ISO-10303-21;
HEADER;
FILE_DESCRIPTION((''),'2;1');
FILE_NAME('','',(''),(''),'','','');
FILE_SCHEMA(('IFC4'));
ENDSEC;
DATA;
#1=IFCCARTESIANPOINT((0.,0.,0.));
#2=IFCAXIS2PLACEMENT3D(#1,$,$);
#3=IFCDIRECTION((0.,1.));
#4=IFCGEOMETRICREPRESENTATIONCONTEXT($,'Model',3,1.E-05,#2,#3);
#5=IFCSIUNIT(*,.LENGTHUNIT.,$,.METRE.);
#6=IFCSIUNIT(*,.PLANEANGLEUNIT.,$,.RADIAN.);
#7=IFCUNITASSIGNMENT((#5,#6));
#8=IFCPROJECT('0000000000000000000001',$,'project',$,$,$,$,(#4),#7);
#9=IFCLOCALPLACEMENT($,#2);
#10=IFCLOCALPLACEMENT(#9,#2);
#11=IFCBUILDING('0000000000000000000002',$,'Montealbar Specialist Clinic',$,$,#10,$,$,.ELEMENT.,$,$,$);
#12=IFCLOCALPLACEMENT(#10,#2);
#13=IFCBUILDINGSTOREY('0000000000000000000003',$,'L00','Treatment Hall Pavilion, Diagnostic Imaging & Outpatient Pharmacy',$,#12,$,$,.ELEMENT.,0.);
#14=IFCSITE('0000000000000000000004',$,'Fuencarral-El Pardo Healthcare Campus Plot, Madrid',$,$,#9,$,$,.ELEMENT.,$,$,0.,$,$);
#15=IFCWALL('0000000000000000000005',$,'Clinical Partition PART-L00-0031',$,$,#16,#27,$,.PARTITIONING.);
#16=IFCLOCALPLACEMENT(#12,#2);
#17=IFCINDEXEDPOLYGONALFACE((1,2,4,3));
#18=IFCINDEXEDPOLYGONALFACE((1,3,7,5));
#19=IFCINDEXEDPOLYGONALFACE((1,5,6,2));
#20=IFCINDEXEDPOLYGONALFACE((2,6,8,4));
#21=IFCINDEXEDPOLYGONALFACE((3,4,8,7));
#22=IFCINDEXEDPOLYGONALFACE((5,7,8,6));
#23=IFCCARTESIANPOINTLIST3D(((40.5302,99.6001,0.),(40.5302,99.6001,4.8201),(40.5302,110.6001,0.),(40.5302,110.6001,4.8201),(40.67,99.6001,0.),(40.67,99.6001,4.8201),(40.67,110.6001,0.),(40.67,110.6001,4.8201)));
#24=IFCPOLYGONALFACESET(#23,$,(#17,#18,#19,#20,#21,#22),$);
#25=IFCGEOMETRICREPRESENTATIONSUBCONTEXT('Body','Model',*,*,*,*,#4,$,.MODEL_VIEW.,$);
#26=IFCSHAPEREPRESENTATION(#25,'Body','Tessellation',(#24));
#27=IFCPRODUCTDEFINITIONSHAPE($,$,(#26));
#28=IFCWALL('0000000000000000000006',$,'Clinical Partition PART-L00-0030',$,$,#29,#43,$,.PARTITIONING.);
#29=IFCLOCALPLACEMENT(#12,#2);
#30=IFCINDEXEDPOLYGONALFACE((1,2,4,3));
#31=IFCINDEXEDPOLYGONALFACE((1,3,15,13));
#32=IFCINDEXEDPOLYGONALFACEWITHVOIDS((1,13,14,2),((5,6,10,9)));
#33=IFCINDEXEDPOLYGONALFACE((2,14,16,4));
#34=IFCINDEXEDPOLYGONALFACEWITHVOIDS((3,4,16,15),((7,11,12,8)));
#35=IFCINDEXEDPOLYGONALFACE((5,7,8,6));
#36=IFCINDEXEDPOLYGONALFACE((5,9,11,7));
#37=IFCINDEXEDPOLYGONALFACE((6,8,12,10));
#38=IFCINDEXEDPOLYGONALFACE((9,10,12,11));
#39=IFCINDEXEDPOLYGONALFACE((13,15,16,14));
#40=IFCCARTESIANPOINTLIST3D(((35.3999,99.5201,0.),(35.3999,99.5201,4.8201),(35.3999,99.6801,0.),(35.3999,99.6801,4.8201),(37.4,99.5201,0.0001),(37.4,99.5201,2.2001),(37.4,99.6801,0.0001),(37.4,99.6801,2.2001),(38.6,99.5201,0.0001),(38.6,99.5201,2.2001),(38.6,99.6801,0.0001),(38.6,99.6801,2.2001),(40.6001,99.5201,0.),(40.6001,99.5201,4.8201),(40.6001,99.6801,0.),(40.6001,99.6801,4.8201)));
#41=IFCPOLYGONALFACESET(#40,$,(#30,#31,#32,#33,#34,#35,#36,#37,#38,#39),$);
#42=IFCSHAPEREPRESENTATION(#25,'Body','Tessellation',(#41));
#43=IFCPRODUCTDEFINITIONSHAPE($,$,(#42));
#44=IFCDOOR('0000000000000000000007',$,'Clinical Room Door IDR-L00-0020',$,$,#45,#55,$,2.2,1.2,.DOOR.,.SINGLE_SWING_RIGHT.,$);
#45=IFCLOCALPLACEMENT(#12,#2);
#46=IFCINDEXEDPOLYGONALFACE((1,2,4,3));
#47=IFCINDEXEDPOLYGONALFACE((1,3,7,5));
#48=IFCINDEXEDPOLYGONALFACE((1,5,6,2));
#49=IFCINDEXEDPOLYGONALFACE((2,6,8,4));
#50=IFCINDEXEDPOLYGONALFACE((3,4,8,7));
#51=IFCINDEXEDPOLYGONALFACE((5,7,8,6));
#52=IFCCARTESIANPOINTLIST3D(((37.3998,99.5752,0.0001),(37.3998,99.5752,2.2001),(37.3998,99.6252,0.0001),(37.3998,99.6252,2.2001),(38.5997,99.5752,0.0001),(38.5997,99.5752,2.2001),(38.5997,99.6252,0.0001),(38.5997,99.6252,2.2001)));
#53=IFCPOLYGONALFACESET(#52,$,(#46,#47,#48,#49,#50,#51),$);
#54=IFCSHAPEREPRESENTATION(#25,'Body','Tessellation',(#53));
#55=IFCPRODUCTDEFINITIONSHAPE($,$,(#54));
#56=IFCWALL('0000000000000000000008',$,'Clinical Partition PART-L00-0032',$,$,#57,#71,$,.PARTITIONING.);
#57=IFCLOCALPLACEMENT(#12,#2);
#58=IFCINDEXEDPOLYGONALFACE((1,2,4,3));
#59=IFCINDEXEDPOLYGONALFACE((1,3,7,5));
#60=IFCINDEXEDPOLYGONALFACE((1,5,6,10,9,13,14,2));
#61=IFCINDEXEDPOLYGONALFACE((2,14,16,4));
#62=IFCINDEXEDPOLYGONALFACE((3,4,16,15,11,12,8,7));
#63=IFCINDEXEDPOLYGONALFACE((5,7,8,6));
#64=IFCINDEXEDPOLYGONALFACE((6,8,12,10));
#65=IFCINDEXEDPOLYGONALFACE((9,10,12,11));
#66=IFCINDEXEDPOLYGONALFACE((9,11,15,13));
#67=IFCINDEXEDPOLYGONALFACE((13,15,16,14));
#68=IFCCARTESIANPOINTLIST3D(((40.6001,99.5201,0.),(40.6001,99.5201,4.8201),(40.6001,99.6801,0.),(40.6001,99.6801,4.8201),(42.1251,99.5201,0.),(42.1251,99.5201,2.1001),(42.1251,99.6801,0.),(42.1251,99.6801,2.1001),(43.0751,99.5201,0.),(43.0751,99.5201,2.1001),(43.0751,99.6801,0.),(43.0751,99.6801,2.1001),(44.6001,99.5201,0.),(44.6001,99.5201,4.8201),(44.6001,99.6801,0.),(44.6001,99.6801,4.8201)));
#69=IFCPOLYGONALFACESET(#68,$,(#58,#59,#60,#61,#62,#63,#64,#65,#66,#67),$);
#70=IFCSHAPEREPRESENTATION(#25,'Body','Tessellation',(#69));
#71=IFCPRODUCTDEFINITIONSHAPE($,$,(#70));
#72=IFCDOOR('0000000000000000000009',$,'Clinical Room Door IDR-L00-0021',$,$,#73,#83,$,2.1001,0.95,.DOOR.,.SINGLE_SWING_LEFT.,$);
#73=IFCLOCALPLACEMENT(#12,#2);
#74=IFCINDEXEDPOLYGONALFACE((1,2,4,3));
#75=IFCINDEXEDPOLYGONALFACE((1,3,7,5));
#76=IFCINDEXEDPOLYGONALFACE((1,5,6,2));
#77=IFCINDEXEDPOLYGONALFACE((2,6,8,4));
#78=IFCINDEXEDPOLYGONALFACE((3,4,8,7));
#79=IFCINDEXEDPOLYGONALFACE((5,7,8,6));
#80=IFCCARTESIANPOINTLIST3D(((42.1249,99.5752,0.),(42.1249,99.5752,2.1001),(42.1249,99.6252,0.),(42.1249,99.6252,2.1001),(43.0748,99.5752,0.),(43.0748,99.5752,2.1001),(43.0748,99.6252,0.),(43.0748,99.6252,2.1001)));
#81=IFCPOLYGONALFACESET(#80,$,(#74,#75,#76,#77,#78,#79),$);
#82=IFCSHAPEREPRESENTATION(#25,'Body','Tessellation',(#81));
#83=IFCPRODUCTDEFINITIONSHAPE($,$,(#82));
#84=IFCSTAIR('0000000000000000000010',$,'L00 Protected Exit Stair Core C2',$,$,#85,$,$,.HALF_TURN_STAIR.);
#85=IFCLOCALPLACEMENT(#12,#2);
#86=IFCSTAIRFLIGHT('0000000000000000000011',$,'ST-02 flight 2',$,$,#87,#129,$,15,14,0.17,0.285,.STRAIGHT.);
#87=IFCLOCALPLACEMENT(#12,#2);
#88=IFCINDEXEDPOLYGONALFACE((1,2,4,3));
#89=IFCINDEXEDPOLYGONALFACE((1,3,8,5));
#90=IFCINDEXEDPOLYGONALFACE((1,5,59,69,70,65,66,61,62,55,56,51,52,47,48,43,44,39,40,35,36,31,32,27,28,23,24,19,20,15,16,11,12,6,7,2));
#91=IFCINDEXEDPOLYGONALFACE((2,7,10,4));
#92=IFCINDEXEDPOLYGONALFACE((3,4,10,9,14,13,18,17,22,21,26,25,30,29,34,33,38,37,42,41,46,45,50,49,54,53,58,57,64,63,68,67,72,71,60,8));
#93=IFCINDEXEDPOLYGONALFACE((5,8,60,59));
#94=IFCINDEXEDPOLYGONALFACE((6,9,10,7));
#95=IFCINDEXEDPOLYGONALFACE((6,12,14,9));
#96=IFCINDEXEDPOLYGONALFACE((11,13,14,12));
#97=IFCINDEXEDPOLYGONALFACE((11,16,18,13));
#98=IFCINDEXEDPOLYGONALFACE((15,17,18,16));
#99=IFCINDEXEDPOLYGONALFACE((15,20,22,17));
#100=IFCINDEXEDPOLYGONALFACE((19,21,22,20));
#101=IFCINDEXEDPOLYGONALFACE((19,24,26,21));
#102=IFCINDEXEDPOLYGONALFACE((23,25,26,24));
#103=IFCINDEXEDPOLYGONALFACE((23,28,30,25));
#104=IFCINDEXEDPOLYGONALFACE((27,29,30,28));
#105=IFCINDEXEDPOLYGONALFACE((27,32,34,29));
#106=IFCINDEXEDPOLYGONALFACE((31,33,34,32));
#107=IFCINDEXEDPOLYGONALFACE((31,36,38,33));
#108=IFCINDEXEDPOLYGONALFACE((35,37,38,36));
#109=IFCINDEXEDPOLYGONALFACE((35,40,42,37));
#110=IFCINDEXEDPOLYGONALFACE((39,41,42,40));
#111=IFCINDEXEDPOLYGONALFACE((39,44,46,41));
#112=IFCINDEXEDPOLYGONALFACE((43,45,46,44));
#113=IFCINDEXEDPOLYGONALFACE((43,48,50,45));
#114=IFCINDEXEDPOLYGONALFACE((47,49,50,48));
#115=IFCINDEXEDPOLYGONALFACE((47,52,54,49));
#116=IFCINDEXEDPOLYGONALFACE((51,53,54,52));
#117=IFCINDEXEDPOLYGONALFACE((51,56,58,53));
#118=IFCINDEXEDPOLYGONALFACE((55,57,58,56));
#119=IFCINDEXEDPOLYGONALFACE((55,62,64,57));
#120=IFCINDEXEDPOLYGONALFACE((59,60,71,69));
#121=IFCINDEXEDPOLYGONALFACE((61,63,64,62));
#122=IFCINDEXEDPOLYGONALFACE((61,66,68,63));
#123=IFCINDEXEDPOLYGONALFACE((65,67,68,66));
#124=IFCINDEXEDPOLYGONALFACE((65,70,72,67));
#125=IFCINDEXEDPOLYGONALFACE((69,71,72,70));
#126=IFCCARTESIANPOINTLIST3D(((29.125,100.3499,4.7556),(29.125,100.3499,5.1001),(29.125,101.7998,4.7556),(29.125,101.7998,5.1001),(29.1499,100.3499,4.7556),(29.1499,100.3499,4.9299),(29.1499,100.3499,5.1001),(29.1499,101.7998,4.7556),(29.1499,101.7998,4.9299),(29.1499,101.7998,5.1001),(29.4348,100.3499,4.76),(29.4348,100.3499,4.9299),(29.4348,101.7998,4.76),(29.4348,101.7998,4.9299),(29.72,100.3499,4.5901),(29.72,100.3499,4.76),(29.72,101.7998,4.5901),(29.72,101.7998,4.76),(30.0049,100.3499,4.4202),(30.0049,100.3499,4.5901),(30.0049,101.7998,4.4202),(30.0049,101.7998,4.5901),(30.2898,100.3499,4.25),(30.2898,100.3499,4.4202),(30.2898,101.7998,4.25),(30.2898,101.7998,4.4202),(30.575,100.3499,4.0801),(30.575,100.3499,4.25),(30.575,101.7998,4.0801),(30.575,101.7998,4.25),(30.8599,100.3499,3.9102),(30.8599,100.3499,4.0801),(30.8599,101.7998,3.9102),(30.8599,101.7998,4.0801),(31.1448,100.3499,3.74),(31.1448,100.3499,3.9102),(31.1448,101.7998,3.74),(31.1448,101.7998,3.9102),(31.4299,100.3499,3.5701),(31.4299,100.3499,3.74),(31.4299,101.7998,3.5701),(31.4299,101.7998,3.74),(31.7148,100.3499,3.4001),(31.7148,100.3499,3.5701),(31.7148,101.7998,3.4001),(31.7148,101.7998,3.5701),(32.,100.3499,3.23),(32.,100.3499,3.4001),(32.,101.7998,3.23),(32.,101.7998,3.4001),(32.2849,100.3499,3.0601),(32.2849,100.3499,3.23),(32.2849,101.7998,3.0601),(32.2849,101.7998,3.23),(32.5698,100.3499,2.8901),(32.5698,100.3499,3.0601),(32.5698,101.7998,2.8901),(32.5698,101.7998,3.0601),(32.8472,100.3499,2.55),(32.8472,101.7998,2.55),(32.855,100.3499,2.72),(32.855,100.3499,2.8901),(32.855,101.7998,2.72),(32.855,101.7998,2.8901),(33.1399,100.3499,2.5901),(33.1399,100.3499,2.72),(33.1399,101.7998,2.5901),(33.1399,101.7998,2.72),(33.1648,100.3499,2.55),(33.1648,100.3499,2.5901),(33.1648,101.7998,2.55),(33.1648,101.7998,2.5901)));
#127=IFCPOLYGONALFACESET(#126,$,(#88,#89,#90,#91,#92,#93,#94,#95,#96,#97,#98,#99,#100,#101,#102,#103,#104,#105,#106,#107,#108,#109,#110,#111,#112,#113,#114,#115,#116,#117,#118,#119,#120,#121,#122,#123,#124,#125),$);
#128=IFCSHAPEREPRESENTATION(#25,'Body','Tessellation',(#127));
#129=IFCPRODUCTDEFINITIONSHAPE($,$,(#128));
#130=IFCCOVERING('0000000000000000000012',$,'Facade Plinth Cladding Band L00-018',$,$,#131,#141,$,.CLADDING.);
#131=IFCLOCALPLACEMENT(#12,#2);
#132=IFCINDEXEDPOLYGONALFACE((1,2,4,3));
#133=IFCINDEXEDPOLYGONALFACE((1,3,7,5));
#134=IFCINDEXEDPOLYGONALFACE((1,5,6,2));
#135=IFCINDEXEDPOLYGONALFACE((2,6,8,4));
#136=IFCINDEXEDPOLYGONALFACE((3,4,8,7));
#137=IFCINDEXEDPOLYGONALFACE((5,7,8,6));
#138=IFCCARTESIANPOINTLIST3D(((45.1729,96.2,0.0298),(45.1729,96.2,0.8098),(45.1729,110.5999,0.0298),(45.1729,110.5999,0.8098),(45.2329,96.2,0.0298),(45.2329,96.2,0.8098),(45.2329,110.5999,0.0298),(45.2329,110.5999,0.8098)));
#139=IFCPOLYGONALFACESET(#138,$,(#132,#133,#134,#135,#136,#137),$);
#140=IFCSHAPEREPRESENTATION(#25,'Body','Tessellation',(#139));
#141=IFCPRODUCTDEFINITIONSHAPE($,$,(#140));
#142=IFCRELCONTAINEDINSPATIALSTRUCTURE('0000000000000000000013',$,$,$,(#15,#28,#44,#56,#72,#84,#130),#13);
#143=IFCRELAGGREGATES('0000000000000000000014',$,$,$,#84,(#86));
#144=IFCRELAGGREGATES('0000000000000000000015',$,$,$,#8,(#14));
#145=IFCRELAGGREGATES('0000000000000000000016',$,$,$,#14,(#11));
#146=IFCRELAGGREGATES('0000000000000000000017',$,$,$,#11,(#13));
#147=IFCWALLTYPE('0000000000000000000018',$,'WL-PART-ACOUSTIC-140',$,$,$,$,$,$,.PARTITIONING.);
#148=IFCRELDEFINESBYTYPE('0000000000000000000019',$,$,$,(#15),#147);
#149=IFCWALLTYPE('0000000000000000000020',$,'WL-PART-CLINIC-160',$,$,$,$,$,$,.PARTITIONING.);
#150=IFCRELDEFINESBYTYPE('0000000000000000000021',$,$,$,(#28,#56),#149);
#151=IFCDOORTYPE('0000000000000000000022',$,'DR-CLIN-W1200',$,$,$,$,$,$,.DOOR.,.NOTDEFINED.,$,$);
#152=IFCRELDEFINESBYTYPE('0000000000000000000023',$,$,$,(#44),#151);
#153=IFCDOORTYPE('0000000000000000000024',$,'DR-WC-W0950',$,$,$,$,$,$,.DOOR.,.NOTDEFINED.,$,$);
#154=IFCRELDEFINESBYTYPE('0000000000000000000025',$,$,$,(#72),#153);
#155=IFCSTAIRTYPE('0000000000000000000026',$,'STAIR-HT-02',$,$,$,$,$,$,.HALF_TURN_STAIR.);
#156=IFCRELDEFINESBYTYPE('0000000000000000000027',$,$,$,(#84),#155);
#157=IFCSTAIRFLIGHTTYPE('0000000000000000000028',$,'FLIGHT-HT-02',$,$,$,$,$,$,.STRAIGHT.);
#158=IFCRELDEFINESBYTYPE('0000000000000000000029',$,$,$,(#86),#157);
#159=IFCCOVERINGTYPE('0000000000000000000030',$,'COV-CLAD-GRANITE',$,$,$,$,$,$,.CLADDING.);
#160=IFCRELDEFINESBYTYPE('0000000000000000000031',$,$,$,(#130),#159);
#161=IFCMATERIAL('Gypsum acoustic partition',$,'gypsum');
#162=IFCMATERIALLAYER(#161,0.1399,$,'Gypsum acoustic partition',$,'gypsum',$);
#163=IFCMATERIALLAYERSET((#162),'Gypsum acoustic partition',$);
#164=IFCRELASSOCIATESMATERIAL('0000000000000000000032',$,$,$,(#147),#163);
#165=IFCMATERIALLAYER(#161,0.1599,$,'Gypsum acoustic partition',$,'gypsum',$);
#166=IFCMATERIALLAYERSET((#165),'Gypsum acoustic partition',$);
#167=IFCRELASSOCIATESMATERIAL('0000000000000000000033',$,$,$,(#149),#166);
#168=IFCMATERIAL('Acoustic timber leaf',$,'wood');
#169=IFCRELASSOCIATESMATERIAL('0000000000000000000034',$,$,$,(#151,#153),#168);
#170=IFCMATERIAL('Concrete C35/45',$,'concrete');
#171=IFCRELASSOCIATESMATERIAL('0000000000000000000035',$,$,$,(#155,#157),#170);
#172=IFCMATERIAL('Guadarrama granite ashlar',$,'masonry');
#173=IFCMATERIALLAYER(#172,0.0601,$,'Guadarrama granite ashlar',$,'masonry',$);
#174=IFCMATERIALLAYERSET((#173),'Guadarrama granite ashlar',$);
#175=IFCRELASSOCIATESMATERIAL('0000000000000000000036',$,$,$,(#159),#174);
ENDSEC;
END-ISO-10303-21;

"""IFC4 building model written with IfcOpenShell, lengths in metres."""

from ifc_helpers import new_model, si_unit, direction, frame, frame_2d, origin, origin_2d, place, context, subcontext, project, spatial, polyline, rectangle, outline, extrude, material, layer, layer_set, type_object, element, fill, aggregate, save


model = new_model("IFC4")

# Units and contexts
model_context = context("Model", 3, precision=1e-05, world=origin(), true_north=direction((0.0, 1.0)))
body_context = subcontext(model_context, "Body", "Model", "MODEL_VIEW")
ifc_project = project(units=[si_unit("LENGTHUNIT", "METRE"), si_unit("PLANEANGLEUNIT", "RADIAN")], contexts=[model_context])

# Site, building, storey
site_placement = place(None, origin())
site = spatial("IfcSite", under=ifc_project, at=site_placement, Name="Fuencarral-El Pardo Healthcare Campus Plot, Madrid", CompositionType="ELEMENT", RefElevation=0.0)
building_placement = place(site_placement, origin())
building = spatial("IfcBuilding", under=site, at=building_placement, Name="Montealbar Specialist Clinic", CompositionType="ELEMENT")
storey_placement = place(building_placement, origin())
storey = spatial("IfcBuildingStorey", under=building, at=storey_placement, Name="L00", Description="Treatment Hall Pavilion, Diagnostic Imaging & Outpatient Pharmacy", CompositionType="ELEMENT", Elevation=0.0)

# Shared definitions
ifc_material_1 = material(Name="Concrete C35/45", Category="concrete")
ifc_material_2 = material(Name="Guadarrama granite ashlar", Category="masonry")

# Wall
ifc_material_3 = material(Name="Gypsum acoustic partition", Category="gypsum")
ifc_layer_1 = layer(ifc_material_3, 0.1399, Name="Gypsum acoustic partition", Category="gypsum")
ifc_layer_set_1 = layer_set([ifc_layer_1], Name="Gypsum acoustic partition")
wall_type_1 = type_object("IfcWallType", Name="WL-PART-ACOUSTIC-140", PredefinedType="PARTITIONING", material=ifc_layer_set_1)
wall_1_placement = place(storey_placement, frame((40.6001, 99.6001, 0.0), z_axis=(0.0, 0.0, 1.0), x_axis=(0.0, 1.0, 0.0)))
element("IfcWall", 1, at=wall_1_placement, inside=storey, type_object=wall_type_1, Name="Clinical Partition PART-L00-0031", PredefinedType="PARTITIONING", context=body_context, shape_type="SweptSolid", body=[
    extrude(rectangle(XDim=11.0, YDim=0.1399, at=frame_2d((5.5, 0.0))), origin(), (0.0, 0.0, 1.0), 4.8201),
])

# Walls, openings, doors
ifc_layer_2 = layer(ifc_material_3, 0.1599, Name="Gypsum acoustic partition", Category="gypsum")
ifc_layer_set_2 = layer_set([ifc_layer_2], Name="Gypsum acoustic partition")
wall_type_2 = type_object("IfcWallType", Name="WL-PART-CLINIC-160", PredefinedType="PARTITIONING", material=ifc_layer_set_2)
wall_2_placement = place(storey_placement, frame((35.3999, 99.6001, 0.0), z_axis=(0.0, 0.0, 1.0), x_axis=(1.0, 0.0, 0.0)))
wall_2 = element("IfcWall", 2, at=wall_2_placement, inside=storey, type_object=wall_type_2, Name="Clinical Partition PART-L00-0030", PredefinedType="PARTITIONING", context=body_context, shape_type="SweptSolid", body=[
    extrude(rectangle(XDim=5.2002, YDim=0.1599, at=frame_2d((2.6001, 0.0))), origin(), (0.0, 0.0, 1.0), 4.8201),
])
opening_1_placement = place(wall_2_placement, frame((2.0, 0.0, 0.0)))
opening_1 = element("IfcOpeningElement", 3, at=opening_1_placement, cuts=wall_2, PredefinedType="OPENING", context=body_context, shape_type="SweptSolid", body=[
    extrude(rectangle(XDim=1.2, YDim=2.2, at=frame_2d((0.6001, 1.1001))), frame((0.0, 0.0898, 0.0), z_axis=(0.0, -1.0, 0.0), x_axis=(1.0, 0.0, 0.0)), (0.0, 0.0, 1.0), 0.1799),
])
ifc_material_4 = material(Name="Acoustic timber leaf", Category="wood")
door_type_1 = type_object("IfcDoorType", Name="DR-CLIN-W1200", OperationType="NOTDEFINED", PredefinedType="DOOR", material=ifc_material_4)
door_1_placement = place(opening_1_placement, frame((1.2, 0.0, 0.0), z_axis=(0.0, 0.0, 1.0), x_axis=(-1.0, 0.0, 0.0)))
door_1 = element("IfcDoor", 4, at=door_1_placement, inside=storey, type_object=door_type_1, Name="Clinical Room Door IDR-L00-0020", OperationType="SINGLE_SWING_RIGHT", OverallHeight=2.2, OverallWidth=1.2, PredefinedType="DOOR", context=body_context, shape_type="SweptSolid", body=[
    extrude(rectangle(XDim=1.2, YDim=2.2, at=frame_2d((0.6001, 1.1001))), frame((0.0, 0.0249, 0.0), z_axis=(0.0, -1.0, 0.0), x_axis=(1.0, 0.0, 0.0)), (0.0, 0.0, 1.0), 0.05),
])
fill(opening_1, door_1)
wall_3_placement = place(storey_placement, frame((40.6001, 99.6001, 0.0), z_axis=(0.0, 0.0, 1.0), x_axis=(1.0, 0.0, 0.0)))
wall_3 = element("IfcWall", 5, at=wall_3_placement, inside=storey, type_object=wall_type_2, Name="Clinical Partition PART-L00-0032", PredefinedType="PARTITIONING", context=body_context, shape_type="SweptSolid", body=[
    extrude(rectangle(XDim=4.0, YDim=0.1599, at=frame_2d((2.0, 0.0))), origin(), (0.0, 0.0, 1.0), 4.8201),
])
opening_2_placement = place(wall_3_placement, frame((1.5249, 0.0, 0.0)))
opening_2 = element("IfcOpeningElement", 6, at=opening_2_placement, cuts=wall_3, PredefinedType="OPENING", context=body_context, shape_type="SweptSolid", body=[
    extrude(rectangle(XDim=0.95, YDim=2.1001, at=frame_2d((0.4751, 1.05))), frame((0.0, 0.0898, 0.0), z_axis=(0.0, -1.0, 0.0), x_axis=(1.0, 0.0, 0.0)), (0.0, 0.0, 1.0), 0.1799),
])
door_type_2 = type_object("IfcDoorType", Name="DR-WC-W0950", OperationType="NOTDEFINED", PredefinedType="DOOR", material=ifc_material_4)
door_2_placement = place(opening_2_placement, frame((0.95, 0.0, 0.0), z_axis=(0.0, 0.0, 1.0), x_axis=(-1.0, 0.0, 0.0)))
door_2 = element("IfcDoor", 7, at=door_2_placement, inside=storey, type_object=door_type_2, Name="Clinical Room Door IDR-L00-0021", OperationType="SINGLE_SWING_LEFT", OverallHeight=2.1001, OverallWidth=0.95, PredefinedType="DOOR", context=body_context, shape_type="SweptSolid", body=[
    extrude(rectangle(XDim=0.95, YDim=2.1001, at=frame_2d((0.4751, 1.05))), frame((0.0, 0.0249, 0.0), z_axis=(0.0, -1.0, 0.0), x_axis=(1.0, 0.0, 0.0)), (0.0, 0.0, 1.0), 0.05),
])
fill(opening_2, door_2)

# Stair, stair flight
stair_type = type_object("IfcStairType", Name="STAIR-HT-02", PredefinedType="HALF_TURN_STAIR", material=ifc_material_1)
stair_placement = place(storey_placement, origin())
stair = element("IfcStair", 8, at=stair_placement, inside=storey, type_object=stair_type, Name="L00 Protected Exit Stair Core C2", PredefinedType="HALF_TURN_STAIR")
stair_flight_type = type_object("IfcStairFlightType", Name="FLIGHT-HT-02", PredefinedType="STRAIGHT", material=ifc_material_1)
stair_flight_placement = place(storey_placement, frame((33.1399, 101.075, 2.55), z_axis=(0.0, 0.0, 1.0), x_axis=(-1.0, 0.0, 0.0)))
stair_flight = element("IfcStairFlight", 9, at=stair_flight_placement, type_object=stair_flight_type, Name="ST-02 flight 2", NumberOfRisers=15, NumberOfTreads=14, PredefinedType="STRAIGHT", RiserHeight=0.17, TreadLength=0.285, context=body_context, shape_type="SweptSolid", body=[
    extrude(outline(polyline([(-0.0249, 0.0), (-0.0249, 0.04), (0.0, 0.04), (0.0, 0.1699), (0.2849, 0.1699), (0.2849, 0.3401), (0.5701, 0.3401), (0.5701, 0.51), (0.855, 0.51), (0.855, 0.6799), (1.1399, 0.6799), (1.1399, 0.8501), (1.425, 0.8501), (1.425, 1.02), (1.71, 1.02), (1.71, 1.1899), (1.9951, 1.1899), (1.9951, 1.3601), (2.28, 1.3601), (2.28, 1.53), (2.5649, 1.53), (2.5649, 1.7), (2.8501, 1.7), (2.8501, 1.8701), (3.135, 1.8701), (3.135, 2.04), (3.4199, 2.04), (3.4199, 2.21), (3.7051, 2.21), (3.7051, 2.3799), (3.99, 2.3799), (3.99, 2.55), (4.0149, 2.55), (4.0149, 2.2056), (3.99, 2.2056), (0.2927, 0.0), (-0.0249, 0.0)])), frame((0.0, 0.7251, 0.0), z_axis=(0.0, -1.0, 0.0), x_axis=(1.0, 0.0, 0.0)), (0.0, 0.0, 1.0), 1.45),
])
aggregate(stair, [stair_flight])

# Covering
ifc_layer_3 = layer(ifc_material_2, 0.0601, Name="Guadarrama granite ashlar", Category="masonry")
ifc_layer_set_3 = layer_set([ifc_layer_3], Name="Guadarrama granite ashlar")
covering_type = type_object("IfcCoveringType", Name="COV-CLAD-GRANITE", PredefinedType="CLADDING", material=ifc_layer_set_3)
covering_placement = place(storey_placement, frame((45.2029, 103.3999, 0.0298), z_axis=(0.0, 0.0, 1.0), x_axis=(0.0, -1.0, 0.0)))
element("IfcCovering", 10, at=covering_placement, inside=storey, type_object=covering_type, Name="Facade Plinth Cladding Band L00-018", PredefinedType="CLADDING", context=body_context, shape_type="SweptSolid", body=[
    extrude(rectangle(XDim=14.3999, YDim=0.0601, at=origin_2d()), origin(), (0.0, 0.0, 1.0), 0.78),
])

save(model, "model.ifc")
